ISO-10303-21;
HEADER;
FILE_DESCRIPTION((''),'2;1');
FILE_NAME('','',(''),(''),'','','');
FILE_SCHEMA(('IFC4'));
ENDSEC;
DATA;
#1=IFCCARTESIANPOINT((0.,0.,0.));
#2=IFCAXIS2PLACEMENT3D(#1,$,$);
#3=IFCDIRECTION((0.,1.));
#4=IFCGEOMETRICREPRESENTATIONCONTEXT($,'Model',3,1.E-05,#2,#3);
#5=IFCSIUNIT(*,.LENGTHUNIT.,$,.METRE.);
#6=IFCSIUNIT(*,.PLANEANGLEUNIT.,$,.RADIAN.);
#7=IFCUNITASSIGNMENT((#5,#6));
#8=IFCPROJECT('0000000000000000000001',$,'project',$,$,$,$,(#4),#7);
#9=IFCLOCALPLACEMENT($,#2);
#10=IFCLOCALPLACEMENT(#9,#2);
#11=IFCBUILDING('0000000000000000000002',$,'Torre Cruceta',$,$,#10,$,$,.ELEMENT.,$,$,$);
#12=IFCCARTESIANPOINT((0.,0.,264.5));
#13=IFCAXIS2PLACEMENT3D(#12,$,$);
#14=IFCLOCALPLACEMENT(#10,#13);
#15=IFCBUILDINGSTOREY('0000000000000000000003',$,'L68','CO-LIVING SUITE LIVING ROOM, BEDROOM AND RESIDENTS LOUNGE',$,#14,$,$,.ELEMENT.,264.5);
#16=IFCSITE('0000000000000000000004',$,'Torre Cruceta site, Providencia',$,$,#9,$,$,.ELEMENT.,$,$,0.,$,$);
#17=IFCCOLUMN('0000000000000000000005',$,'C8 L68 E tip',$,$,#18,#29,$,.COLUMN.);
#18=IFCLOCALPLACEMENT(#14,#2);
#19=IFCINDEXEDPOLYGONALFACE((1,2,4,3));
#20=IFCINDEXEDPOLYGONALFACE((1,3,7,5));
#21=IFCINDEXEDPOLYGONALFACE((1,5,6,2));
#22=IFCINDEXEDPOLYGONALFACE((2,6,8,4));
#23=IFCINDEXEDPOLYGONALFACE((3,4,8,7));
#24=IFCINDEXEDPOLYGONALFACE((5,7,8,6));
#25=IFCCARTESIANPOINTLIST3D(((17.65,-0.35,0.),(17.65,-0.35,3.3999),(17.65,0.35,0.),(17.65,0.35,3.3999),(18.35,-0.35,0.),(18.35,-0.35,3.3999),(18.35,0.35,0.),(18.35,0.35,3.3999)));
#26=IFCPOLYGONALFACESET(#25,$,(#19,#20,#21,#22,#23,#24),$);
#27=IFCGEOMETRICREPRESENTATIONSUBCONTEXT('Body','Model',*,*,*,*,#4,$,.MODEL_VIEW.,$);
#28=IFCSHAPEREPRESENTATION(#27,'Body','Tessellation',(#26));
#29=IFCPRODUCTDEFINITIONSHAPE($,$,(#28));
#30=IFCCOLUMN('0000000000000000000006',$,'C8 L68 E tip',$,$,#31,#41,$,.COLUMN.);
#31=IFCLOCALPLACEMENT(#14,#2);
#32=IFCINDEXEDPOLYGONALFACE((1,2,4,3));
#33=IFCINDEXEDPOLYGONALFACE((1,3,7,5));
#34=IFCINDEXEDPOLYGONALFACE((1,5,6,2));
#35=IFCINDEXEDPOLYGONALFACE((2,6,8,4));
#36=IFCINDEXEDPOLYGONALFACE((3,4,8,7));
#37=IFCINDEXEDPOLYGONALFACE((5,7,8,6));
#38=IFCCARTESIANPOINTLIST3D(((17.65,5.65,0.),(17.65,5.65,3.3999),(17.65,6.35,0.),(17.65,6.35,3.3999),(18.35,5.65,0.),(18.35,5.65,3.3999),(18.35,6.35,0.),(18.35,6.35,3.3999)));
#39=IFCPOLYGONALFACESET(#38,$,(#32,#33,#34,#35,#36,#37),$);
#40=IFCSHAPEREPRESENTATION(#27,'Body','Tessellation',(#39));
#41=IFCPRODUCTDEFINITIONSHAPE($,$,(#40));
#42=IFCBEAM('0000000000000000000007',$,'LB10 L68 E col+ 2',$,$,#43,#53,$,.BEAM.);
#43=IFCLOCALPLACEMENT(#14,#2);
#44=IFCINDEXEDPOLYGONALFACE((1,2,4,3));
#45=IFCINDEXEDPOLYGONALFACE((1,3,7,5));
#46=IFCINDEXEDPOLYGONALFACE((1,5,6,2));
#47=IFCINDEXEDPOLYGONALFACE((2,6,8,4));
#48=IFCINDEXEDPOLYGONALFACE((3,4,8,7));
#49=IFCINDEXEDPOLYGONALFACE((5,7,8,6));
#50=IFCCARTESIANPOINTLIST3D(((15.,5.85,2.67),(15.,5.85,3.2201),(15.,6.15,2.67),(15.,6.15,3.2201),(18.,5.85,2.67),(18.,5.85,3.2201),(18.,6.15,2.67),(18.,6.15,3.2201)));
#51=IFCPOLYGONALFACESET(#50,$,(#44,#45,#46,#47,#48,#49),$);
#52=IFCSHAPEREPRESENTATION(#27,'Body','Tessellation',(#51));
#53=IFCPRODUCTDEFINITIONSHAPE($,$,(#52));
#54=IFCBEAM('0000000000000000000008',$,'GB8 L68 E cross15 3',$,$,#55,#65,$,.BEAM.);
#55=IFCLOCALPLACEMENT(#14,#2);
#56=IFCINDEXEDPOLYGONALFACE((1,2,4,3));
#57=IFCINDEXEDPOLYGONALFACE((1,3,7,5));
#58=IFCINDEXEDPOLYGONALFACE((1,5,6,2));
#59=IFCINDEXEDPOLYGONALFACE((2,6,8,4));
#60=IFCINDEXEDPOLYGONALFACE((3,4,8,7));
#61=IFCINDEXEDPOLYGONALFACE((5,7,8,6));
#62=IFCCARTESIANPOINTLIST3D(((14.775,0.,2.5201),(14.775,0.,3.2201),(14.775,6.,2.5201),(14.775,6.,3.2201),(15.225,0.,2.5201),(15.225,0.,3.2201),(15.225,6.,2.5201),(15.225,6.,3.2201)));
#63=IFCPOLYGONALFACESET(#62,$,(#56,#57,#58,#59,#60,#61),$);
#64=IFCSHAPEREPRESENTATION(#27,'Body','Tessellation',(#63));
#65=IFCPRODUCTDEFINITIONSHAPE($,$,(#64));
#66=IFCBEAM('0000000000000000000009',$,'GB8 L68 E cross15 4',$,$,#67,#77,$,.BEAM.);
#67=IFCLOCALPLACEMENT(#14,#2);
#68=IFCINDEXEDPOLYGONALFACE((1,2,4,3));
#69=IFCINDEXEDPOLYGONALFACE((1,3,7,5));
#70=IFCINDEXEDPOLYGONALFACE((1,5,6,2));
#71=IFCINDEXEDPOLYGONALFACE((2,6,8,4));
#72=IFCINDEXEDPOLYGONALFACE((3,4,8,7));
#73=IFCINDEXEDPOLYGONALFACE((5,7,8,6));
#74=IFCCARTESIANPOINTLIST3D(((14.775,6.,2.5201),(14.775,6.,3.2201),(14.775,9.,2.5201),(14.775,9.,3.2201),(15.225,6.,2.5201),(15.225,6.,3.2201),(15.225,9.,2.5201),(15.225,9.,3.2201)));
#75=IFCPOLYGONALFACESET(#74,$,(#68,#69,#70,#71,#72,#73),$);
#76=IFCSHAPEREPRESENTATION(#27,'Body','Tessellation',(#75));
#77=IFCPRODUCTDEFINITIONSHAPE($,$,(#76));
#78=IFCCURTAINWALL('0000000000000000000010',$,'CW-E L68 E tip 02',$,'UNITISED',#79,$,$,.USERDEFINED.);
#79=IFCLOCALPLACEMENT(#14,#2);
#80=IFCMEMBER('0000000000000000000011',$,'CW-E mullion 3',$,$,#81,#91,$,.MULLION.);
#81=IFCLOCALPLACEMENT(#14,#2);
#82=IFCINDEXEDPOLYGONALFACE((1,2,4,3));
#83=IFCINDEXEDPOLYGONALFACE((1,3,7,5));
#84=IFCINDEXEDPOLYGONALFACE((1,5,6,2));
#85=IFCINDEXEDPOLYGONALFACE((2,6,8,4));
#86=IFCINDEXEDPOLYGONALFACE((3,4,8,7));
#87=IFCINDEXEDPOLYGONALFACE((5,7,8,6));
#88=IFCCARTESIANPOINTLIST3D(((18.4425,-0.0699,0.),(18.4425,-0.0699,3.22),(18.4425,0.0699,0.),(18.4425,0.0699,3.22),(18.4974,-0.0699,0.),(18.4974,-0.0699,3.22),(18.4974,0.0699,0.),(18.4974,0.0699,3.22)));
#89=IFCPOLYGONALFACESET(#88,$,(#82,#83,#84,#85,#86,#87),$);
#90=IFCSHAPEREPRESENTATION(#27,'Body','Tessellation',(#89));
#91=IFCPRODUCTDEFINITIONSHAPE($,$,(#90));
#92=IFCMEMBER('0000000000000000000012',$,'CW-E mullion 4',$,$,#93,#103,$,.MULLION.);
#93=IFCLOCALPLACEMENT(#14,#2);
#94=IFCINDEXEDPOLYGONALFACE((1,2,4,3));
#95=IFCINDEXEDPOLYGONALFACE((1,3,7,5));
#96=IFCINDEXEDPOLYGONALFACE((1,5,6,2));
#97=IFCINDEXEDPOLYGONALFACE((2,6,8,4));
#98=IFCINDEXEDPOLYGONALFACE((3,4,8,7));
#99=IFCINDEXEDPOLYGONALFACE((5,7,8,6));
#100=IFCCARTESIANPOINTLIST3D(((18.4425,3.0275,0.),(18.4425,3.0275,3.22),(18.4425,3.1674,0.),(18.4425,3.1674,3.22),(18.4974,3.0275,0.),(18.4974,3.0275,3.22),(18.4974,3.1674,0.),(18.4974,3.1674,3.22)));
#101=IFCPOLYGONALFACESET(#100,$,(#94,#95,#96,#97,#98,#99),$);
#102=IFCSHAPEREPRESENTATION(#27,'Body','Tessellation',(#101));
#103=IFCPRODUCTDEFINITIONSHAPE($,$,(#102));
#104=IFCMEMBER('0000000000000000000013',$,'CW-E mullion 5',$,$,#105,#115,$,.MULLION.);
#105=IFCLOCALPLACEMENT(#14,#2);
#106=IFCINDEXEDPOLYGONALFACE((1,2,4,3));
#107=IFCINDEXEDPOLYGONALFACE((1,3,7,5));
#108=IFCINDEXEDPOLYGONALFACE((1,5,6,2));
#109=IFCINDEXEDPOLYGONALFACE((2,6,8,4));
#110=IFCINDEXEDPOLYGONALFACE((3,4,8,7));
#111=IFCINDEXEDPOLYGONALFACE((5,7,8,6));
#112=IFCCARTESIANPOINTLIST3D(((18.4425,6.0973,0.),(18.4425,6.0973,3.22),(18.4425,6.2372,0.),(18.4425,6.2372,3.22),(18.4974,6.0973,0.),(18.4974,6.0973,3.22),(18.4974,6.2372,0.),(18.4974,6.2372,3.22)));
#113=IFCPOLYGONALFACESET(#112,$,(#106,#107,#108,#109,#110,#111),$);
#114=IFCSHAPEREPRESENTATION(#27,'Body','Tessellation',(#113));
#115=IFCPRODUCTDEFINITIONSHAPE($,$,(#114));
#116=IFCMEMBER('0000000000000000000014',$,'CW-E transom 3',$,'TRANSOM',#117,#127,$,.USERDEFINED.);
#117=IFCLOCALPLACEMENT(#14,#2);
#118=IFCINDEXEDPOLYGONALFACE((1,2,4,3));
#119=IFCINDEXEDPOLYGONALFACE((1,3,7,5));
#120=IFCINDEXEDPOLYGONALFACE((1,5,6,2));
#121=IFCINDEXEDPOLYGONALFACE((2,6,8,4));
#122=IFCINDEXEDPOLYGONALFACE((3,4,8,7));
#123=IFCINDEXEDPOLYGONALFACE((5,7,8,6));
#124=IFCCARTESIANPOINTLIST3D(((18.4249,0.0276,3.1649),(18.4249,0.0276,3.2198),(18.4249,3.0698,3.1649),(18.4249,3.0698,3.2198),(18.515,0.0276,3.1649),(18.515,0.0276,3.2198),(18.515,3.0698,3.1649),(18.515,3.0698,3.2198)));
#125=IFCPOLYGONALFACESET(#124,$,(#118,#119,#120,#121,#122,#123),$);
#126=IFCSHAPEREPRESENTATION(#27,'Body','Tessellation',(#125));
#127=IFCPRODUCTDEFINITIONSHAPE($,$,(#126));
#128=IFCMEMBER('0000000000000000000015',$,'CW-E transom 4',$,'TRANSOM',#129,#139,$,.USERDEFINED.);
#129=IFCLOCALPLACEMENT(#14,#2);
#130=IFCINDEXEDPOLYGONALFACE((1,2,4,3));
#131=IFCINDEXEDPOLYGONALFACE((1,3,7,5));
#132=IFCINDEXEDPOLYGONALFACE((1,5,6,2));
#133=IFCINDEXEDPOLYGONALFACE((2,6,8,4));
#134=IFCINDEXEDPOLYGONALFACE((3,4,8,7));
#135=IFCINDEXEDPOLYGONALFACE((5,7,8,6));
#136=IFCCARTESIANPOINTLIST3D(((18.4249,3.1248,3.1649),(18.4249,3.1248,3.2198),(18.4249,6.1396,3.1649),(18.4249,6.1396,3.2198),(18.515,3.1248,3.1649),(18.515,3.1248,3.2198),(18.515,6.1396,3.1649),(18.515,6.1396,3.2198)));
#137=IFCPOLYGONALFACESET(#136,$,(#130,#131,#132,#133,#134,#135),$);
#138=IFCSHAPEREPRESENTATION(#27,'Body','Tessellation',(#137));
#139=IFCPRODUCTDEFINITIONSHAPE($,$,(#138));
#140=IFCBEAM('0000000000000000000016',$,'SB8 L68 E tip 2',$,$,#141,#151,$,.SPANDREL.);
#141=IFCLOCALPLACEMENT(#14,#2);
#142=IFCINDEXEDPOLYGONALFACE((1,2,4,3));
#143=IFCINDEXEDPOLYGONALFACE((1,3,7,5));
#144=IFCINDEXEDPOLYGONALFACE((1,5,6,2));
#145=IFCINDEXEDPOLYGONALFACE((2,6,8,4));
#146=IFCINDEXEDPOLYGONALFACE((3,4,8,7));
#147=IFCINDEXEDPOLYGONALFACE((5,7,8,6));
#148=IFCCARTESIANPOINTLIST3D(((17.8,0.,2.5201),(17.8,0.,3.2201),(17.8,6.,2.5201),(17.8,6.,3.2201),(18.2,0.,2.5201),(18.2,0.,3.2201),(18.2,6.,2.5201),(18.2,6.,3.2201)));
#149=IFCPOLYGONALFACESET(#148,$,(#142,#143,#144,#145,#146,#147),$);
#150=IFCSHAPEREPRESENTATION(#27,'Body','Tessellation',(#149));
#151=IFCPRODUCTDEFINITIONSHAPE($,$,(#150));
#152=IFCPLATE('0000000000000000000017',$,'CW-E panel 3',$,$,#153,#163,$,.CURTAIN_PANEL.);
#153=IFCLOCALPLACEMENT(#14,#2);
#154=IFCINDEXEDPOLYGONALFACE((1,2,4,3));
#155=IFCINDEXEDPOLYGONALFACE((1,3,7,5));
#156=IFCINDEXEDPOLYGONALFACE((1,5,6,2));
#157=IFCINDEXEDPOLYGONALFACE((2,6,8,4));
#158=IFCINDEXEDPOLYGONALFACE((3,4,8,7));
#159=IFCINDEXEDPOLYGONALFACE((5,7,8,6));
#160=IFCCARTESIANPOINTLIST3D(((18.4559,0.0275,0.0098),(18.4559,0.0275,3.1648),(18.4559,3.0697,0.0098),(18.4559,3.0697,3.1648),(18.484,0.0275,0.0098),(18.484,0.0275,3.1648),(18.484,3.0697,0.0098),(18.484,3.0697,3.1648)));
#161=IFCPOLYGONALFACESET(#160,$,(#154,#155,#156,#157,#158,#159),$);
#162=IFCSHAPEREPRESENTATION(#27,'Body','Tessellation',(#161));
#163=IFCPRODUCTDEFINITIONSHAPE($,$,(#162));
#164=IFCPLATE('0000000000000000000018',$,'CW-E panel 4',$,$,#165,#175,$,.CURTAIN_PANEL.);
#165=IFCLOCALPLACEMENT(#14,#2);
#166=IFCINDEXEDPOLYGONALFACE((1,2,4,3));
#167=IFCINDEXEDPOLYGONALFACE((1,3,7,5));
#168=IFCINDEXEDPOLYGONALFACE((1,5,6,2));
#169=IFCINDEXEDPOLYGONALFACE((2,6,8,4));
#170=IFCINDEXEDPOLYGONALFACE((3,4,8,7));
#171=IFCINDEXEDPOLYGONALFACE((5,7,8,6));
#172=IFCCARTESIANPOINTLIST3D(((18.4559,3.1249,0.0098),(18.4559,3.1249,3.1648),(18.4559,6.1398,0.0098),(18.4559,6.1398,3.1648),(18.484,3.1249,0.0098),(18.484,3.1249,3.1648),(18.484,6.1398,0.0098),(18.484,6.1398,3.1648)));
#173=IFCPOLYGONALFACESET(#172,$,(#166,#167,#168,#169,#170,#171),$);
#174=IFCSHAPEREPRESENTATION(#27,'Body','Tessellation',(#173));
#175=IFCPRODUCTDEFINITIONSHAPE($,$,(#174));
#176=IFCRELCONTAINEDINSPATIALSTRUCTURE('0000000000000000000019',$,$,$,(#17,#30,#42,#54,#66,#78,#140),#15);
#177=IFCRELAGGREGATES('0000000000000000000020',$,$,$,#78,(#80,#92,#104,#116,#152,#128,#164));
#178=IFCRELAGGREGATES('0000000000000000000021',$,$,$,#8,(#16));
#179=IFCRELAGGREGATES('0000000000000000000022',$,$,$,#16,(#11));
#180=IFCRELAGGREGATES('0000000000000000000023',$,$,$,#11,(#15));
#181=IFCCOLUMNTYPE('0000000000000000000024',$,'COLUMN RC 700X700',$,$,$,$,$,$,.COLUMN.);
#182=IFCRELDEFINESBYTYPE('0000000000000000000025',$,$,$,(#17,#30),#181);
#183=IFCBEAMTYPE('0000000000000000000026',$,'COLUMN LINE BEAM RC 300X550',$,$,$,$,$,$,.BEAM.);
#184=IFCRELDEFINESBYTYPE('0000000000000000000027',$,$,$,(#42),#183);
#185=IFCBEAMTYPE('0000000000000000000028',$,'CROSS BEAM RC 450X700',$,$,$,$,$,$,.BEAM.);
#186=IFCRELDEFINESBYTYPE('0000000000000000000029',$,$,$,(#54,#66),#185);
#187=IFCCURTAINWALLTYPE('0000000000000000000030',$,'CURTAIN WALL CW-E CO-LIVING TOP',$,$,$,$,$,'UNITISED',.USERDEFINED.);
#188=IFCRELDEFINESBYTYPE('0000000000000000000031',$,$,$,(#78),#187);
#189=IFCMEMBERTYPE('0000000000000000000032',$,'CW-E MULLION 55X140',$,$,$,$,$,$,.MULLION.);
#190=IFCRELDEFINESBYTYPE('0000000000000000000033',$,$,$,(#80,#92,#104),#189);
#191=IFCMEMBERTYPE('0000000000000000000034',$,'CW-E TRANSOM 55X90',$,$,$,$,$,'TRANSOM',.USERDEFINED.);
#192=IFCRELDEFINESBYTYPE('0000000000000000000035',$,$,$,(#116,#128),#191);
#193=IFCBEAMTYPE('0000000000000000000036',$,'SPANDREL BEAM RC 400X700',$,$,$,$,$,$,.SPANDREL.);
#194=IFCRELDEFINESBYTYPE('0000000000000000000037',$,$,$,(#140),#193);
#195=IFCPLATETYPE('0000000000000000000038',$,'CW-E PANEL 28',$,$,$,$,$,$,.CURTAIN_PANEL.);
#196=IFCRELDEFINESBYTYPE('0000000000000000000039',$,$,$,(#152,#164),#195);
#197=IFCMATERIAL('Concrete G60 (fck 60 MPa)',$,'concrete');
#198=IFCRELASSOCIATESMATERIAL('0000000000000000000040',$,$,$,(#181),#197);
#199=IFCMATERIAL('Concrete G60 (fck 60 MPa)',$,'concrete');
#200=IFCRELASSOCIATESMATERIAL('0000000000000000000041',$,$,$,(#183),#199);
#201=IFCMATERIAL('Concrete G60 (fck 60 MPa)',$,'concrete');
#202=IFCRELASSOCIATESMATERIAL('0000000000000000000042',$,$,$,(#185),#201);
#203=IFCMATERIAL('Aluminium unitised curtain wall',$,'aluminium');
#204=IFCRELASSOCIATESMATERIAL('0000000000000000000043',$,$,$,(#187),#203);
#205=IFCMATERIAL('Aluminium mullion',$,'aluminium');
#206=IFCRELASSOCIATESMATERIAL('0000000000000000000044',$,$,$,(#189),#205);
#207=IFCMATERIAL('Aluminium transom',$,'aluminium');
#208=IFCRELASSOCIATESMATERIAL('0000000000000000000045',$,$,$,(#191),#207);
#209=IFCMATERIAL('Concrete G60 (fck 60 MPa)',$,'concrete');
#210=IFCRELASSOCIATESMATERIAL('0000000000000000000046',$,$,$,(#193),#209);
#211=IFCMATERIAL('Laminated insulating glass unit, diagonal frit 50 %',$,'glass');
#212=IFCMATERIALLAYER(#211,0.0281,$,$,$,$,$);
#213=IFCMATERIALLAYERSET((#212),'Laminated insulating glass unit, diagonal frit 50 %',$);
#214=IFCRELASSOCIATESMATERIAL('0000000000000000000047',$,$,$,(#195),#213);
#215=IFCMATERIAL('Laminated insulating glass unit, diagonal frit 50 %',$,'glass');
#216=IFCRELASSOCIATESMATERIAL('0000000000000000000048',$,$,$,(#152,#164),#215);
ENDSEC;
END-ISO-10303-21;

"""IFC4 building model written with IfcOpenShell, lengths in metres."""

from ifc_helpers import new_model, si_unit, direction, frame, origin, origin_2d, place, context, subcontext, project, spatial, rectangle, extrude, material, layer, layer_set, material_profile, profile_set, type_object, element, aggregate, save


model = new_model("IFC4")

# Units and contexts
model_context = context("Model", 3, precision=1e-05, world=origin(), true_north=direction((0.0, 1.0)))
body_context = subcontext(model_context, "Body", "Model", "MODEL_VIEW")
ifc_project = project(units=[si_unit("LENGTHUNIT", "METRE"), si_unit("PLANEANGLEUNIT", "RADIAN")], contexts=[model_context])

# Site, building, storey
site_placement = place(None, origin())
site = spatial("IfcSite", under=ifc_project, at=site_placement, Name="Torre Cruceta site, Providencia", CompositionType="ELEMENT", RefElevation=0.0)
building_placement = place(site_placement, origin())
building = spatial("IfcBuilding", under=site, at=building_placement, Name="Torre Cruceta", CompositionType="ELEMENT")
storey_placement = place(building_placement, frame((0.0, 0.0, 264.5)))
storey = spatial("IfcBuildingStorey", under=building, at=storey_placement, Name="L68", Description="CO-LIVING SUITE LIVING ROOM, BEDROOM AND RESIDENTS LOUNGE", CompositionType="ELEMENT", Elevation=264.5)

# Columns
ifc_material_1 = material(Name="Concrete G60 (fck 60 MPa)", Category="concrete")
ifc_material_profile_1 = material_profile(ifc_material_1, rectangle(XDim=0.7, YDim=0.7, at=origin_2d()), Name="RC 700X700")
ifc_profile_set_1 = profile_set([ifc_material_profile_1], Name="Concrete G60 (fck 60 MPa)")
column_type = type_object("IfcColumnType", Name="COLUMN RC 700X700", PredefinedType="COLUMN", material=ifc_profile_set_1)
for number, where, z_axis, x_axis, name in (
    (1, (18.0, 0.0, 0.0), (0.0, 0.0, 1.0), (1.0, 0.0, 0.0), "C8 L68 E tip"),
    (2, (18.0, 6.0, 0.0), (0.0, 0.0, 1.0), (1.0, 0.0, 0.0), "C8 L68 E tip"),
):
    element("IfcColumn", number, at=place(storey_placement, frame(where, z_axis=z_axis, x_axis=x_axis)), inside=storey, type_object=column_type, Name=name, PredefinedType="COLUMN", context=body_context, shape_type="SweptSolid", body=[
        extrude(rectangle(XDim=0.7, YDim=0.7, at=origin_2d()), origin(), (0.0, 0.0, 1.0), 3.3999),
    ])

# Beams
ifc_material_2 = material(Name="Concrete G60 (fck 60 MPa)", Category="concrete")
ifc_material_profile_2 = material_profile(ifc_material_2, rectangle(XDim=0.3, YDim=0.55, at=origin_2d()), Name="RC 300X550")
ifc_profile_set_2 = profile_set([ifc_material_profile_2], Name="Concrete G60 (fck 60 MPa)")
beam_type_1 = type_object("IfcBeamType", Name="COLUMN LINE BEAM RC 300X550", PredefinedType="BEAM", material=ifc_profile_set_2)
beam_1_placement = place(storey_placement, frame((15.0, 6.0, 2.9451), z_axis=(1.0, 0.0, 0.0), x_axis=(0.0, 1.0, 0.0)))
element("IfcBeam", 3, at=beam_1_placement, inside=storey, type_object=beam_type_1, Name="LB10 L68 E col+ 2", PredefinedType="BEAM", context=body_context, shape_type="SweptSolid", body=[
    extrude(rectangle(XDim=0.3, YDim=0.55, at=origin_2d()), origin(), (0.0, 0.0, 1.0), 3.0),
])
ifc_material_3 = material(Name="Concrete G60 (fck 60 MPa)", Category="concrete")
ifc_material_profile_3 = material_profile(ifc_material_3, rectangle(XDim=0.45, YDim=0.7, at=origin_2d()), Name="RC 450X700")
ifc_profile_set_3 = profile_set([ifc_material_profile_3], Name="Concrete G60 (fck 60 MPa)")
beam_type_2 = type_object("IfcBeamType", Name="CROSS BEAM RC 450X700", PredefinedType="BEAM", material=ifc_profile_set_3)
beam_2_placement = place(storey_placement, frame((15.0, 0.0, 2.8701), z_axis=(0.0, 1.0, 0.0), x_axis=(-1.0, 0.0, 0.0)))
element("IfcBeam", 4, at=beam_2_placement, inside=storey, type_object=beam_type_2, Name="GB8 L68 E cross15 3", PredefinedType="BEAM", context=body_context, shape_type="SweptSolid", body=[
    extrude(rectangle(XDim=0.45, YDim=0.7, at=origin_2d()), origin(), (0.0, 0.0, 1.0), 6.0),
])
beam_3_placement = place(storey_placement, frame((15.0, 6.0, 2.8701), z_axis=(0.0, 1.0, 0.0), x_axis=(-1.0, 0.0, 0.0)))
element("IfcBeam", 5, at=beam_3_placement, inside=storey, type_object=beam_type_2, Name="GB8 L68 E cross15 4", PredefinedType="BEAM", context=body_context, shape_type="SweptSolid", body=[
    extrude(rectangle(XDim=0.45, YDim=0.7, at=origin_2d()), origin(), (0.0, 0.0, 1.0), 3.0),
])

# Curtain wall, members
ifc_material_4 = material(Name="Aluminium unitised curtain wall", Category="aluminium")
curtain_wall_type = type_object("IfcCurtainWallType", Name="CURTAIN WALL CW-E CO-LIVING TOP", ElementType="UNITISED", PredefinedType="USERDEFINED", material=ifc_material_4)
curtain_wall_placement = place(storey_placement, origin())
curtain_wall = element("IfcCurtainWall", 6, at=curtain_wall_placement, inside=storey, type_object=curtain_wall_type, Name="CW-E L68 E tip 02", ObjectType="UNITISED", PredefinedType="USERDEFINED")
ifc_material_5 = material(Name="Aluminium mullion", Category="aluminium")
ifc_material_profile_4 = material_profile(ifc_material_5, rectangle(XDim=0.0549, YDim=0.1399, at=origin_2d()), Name="AL 55X140")
ifc_profile_set_4 = profile_set([ifc_material_profile_4], Name="Aluminium mullion")
member_type_1 = type_object("IfcMemberType", Name="CW-E MULLION 55X140", PredefinedType="MULLION", material=ifc_profile_set_4)
member_1_placement = place(storey_placement, frame((18.47, 0.0, 0.0), z_axis=(0.0, 0.0, 1.0), x_axis=(-1.0, 0.0, 0.0)))
member_1 = element("IfcMember", 7, at=member_1_placement, type_object=member_type_1, Name="CW-E mullion 3", PredefinedType="MULLION", context=body_context, shape_type="SweptSolid", body=[
    extrude(rectangle(XDim=0.0549, YDim=0.1399, at=origin_2d()), origin(), (0.0, 0.0, 1.0), 3.22),
])
member_2_placement = place(storey_placement, frame((18.47, 3.0974, 0.0), z_axis=(0.0, 0.0, 1.0), x_axis=(-1.0, 0.0, 0.0)))
member_2 = element("IfcMember", 8, at=member_2_placement, type_object=member_type_1, Name="CW-E mullion 4", PredefinedType="MULLION", context=body_context, shape_type="SweptSolid", body=[
    extrude(rectangle(XDim=0.0549, YDim=0.1399, at=origin_2d()), origin(), (0.0, 0.0, 1.0), 3.22),
])
member_3_placement = place(storey_placement, frame((18.47, 6.1672, 0.0), z_axis=(0.0, 0.0, 1.0), x_axis=(-1.0, 0.0, 0.0)))
member_3 = element("IfcMember", 9, at=member_3_placement, type_object=member_type_1, Name="CW-E mullion 5", PredefinedType="MULLION", context=body_context, shape_type="SweptSolid", body=[
    extrude(rectangle(XDim=0.0549, YDim=0.1399, at=origin_2d()), origin(), (0.0, 0.0, 1.0), 3.22),
])
ifc_material_6 = material(Name="Aluminium transom", Category="aluminium")
ifc_material_profile_5 = material_profile(ifc_material_6, rectangle(XDim=0.0901, YDim=0.0549, at=origin_2d()), Name="AL 90X55")
ifc_profile_set_5 = profile_set([ifc_material_profile_5], Name="Aluminium transom")
member_type_2 = type_object("IfcMemberType", Name="CW-E TRANSOM 55X90", ElementType="TRANSOM", PredefinedType="USERDEFINED", material=ifc_profile_set_5)
member_4_placement = place(storey_placement, frame((18.47, 0.0276, 3.1924), z_axis=(0.0, 1.0, 0.0), x_axis=(-1.0, 0.0, 0.0)))
member_4 = element("IfcMember", 10, at=member_4_placement, type_object=member_type_2, Name="CW-E transom 3", ObjectType="TRANSOM", PredefinedType="USERDEFINED", context=body_context, shape_type="SweptSolid", body=[
    extrude(rectangle(XDim=0.0901, YDim=0.0549, at=origin_2d()), origin(), (0.0, 0.0, 1.0), 3.0422),
])
member_5_placement = place(storey_placement, frame((18.47, 3.1248, 3.1924), z_axis=(0.0, 1.0, 0.0), x_axis=(-1.0, 0.0, 0.0)))
member_5 = element("IfcMember", 11, at=member_5_placement, type_object=member_type_2, Name="CW-E transom 4", ObjectType="TRANSOM", PredefinedType="USERDEFINED", context=body_context, shape_type="SweptSolid", body=[
    extrude(rectangle(XDim=0.0901, YDim=0.0549, at=origin_2d()), origin(), (0.0, 0.0, 1.0), 3.0149),
])

# Beam
ifc_material_7 = material(Name="Concrete G60 (fck 60 MPa)", Category="concrete")
ifc_material_profile_6 = material_profile(ifc_material_7, rectangle(XDim=0.3999, YDim=0.7, at=origin_2d()), Name="RC 400X700")
ifc_profile_set_6 = profile_set([ifc_material_profile_6], Name="Concrete G60 (fck 60 MPa)")
beam_type_3 = type_object("IfcBeamType", Name="SPANDREL BEAM RC 400X700", PredefinedType="SPANDREL", material=ifc_profile_set_6)
beam_4_placement = place(storey_placement, frame((18.0, 0.0, 2.8701), z_axis=(0.0, 1.0, 0.0), x_axis=(-1.0, 0.0, 0.0)))
element("IfcBeam", 12, at=beam_4_placement, inside=storey, type_object=beam_type_3, Name="SB8 L68 E tip 2", PredefinedType="SPANDREL", context=body_context, shape_type="SweptSolid", body=[
    extrude(rectangle(XDim=0.3999, YDim=0.7, at=origin_2d()), origin(), (0.0, 0.0, 1.0), 6.0),
])

# Plates
ifc_material_8 = material(Name="Laminated insulating glass unit, diagonal frit 50 %", Category="glass")
ifc_material_9 = material(Name="Laminated insulating glass unit, diagonal frit 50 %", Category="glass")
ifc_layer_1 = layer(ifc_material_9, 0.0281)
ifc_layer_set_1 = layer_set([ifc_layer_1], Name="Laminated insulating glass unit, diagonal frit 50 %")
plate_type = type_object("IfcPlateType", Name="CW-E PANEL 28", PredefinedType="CURTAIN_PANEL", material=ifc_layer_set_1)
plate_1_placement = place(storey_placement, frame((18.47, 1.5486, 0.0098), z_axis=(0.0, 0.0, 1.0), x_axis=(0.0, 1.0, 0.0)))
plate_1 = element("IfcPlate", 13, at=plate_1_placement, type_object=plate_type, material=ifc_material_8, Name="CW-E panel 3", PredefinedType="CURTAIN_PANEL", context=body_context, shape_type="SweptSolid", body=[
    extrude(rectangle(XDim=3.0422, YDim=0.0281, at=origin_2d()), origin(), (0.0, 0.0, 1.0), 3.155),
])
plate_2_placement = place(storey_placement, frame((18.47, 4.6323, 0.0098), z_axis=(0.0, 0.0, 1.0), x_axis=(0.0, 1.0, 0.0)))
plate_2 = element("IfcPlate", 14, at=plate_2_placement, type_object=plate_type, material=ifc_material_8, Name="CW-E panel 4", PredefinedType="CURTAIN_PANEL", context=body_context, shape_type="SweptSolid", body=[
    extrude(rectangle(XDim=3.0149, YDim=0.0281, at=origin_2d()), origin(), (0.0, 0.0, 1.0), 3.155),
])
aggregate(curtain_wall, [member_1, member_2, member_3, member_4, plate_1, member_5, plate_2])

save(model, "model.ifc")
